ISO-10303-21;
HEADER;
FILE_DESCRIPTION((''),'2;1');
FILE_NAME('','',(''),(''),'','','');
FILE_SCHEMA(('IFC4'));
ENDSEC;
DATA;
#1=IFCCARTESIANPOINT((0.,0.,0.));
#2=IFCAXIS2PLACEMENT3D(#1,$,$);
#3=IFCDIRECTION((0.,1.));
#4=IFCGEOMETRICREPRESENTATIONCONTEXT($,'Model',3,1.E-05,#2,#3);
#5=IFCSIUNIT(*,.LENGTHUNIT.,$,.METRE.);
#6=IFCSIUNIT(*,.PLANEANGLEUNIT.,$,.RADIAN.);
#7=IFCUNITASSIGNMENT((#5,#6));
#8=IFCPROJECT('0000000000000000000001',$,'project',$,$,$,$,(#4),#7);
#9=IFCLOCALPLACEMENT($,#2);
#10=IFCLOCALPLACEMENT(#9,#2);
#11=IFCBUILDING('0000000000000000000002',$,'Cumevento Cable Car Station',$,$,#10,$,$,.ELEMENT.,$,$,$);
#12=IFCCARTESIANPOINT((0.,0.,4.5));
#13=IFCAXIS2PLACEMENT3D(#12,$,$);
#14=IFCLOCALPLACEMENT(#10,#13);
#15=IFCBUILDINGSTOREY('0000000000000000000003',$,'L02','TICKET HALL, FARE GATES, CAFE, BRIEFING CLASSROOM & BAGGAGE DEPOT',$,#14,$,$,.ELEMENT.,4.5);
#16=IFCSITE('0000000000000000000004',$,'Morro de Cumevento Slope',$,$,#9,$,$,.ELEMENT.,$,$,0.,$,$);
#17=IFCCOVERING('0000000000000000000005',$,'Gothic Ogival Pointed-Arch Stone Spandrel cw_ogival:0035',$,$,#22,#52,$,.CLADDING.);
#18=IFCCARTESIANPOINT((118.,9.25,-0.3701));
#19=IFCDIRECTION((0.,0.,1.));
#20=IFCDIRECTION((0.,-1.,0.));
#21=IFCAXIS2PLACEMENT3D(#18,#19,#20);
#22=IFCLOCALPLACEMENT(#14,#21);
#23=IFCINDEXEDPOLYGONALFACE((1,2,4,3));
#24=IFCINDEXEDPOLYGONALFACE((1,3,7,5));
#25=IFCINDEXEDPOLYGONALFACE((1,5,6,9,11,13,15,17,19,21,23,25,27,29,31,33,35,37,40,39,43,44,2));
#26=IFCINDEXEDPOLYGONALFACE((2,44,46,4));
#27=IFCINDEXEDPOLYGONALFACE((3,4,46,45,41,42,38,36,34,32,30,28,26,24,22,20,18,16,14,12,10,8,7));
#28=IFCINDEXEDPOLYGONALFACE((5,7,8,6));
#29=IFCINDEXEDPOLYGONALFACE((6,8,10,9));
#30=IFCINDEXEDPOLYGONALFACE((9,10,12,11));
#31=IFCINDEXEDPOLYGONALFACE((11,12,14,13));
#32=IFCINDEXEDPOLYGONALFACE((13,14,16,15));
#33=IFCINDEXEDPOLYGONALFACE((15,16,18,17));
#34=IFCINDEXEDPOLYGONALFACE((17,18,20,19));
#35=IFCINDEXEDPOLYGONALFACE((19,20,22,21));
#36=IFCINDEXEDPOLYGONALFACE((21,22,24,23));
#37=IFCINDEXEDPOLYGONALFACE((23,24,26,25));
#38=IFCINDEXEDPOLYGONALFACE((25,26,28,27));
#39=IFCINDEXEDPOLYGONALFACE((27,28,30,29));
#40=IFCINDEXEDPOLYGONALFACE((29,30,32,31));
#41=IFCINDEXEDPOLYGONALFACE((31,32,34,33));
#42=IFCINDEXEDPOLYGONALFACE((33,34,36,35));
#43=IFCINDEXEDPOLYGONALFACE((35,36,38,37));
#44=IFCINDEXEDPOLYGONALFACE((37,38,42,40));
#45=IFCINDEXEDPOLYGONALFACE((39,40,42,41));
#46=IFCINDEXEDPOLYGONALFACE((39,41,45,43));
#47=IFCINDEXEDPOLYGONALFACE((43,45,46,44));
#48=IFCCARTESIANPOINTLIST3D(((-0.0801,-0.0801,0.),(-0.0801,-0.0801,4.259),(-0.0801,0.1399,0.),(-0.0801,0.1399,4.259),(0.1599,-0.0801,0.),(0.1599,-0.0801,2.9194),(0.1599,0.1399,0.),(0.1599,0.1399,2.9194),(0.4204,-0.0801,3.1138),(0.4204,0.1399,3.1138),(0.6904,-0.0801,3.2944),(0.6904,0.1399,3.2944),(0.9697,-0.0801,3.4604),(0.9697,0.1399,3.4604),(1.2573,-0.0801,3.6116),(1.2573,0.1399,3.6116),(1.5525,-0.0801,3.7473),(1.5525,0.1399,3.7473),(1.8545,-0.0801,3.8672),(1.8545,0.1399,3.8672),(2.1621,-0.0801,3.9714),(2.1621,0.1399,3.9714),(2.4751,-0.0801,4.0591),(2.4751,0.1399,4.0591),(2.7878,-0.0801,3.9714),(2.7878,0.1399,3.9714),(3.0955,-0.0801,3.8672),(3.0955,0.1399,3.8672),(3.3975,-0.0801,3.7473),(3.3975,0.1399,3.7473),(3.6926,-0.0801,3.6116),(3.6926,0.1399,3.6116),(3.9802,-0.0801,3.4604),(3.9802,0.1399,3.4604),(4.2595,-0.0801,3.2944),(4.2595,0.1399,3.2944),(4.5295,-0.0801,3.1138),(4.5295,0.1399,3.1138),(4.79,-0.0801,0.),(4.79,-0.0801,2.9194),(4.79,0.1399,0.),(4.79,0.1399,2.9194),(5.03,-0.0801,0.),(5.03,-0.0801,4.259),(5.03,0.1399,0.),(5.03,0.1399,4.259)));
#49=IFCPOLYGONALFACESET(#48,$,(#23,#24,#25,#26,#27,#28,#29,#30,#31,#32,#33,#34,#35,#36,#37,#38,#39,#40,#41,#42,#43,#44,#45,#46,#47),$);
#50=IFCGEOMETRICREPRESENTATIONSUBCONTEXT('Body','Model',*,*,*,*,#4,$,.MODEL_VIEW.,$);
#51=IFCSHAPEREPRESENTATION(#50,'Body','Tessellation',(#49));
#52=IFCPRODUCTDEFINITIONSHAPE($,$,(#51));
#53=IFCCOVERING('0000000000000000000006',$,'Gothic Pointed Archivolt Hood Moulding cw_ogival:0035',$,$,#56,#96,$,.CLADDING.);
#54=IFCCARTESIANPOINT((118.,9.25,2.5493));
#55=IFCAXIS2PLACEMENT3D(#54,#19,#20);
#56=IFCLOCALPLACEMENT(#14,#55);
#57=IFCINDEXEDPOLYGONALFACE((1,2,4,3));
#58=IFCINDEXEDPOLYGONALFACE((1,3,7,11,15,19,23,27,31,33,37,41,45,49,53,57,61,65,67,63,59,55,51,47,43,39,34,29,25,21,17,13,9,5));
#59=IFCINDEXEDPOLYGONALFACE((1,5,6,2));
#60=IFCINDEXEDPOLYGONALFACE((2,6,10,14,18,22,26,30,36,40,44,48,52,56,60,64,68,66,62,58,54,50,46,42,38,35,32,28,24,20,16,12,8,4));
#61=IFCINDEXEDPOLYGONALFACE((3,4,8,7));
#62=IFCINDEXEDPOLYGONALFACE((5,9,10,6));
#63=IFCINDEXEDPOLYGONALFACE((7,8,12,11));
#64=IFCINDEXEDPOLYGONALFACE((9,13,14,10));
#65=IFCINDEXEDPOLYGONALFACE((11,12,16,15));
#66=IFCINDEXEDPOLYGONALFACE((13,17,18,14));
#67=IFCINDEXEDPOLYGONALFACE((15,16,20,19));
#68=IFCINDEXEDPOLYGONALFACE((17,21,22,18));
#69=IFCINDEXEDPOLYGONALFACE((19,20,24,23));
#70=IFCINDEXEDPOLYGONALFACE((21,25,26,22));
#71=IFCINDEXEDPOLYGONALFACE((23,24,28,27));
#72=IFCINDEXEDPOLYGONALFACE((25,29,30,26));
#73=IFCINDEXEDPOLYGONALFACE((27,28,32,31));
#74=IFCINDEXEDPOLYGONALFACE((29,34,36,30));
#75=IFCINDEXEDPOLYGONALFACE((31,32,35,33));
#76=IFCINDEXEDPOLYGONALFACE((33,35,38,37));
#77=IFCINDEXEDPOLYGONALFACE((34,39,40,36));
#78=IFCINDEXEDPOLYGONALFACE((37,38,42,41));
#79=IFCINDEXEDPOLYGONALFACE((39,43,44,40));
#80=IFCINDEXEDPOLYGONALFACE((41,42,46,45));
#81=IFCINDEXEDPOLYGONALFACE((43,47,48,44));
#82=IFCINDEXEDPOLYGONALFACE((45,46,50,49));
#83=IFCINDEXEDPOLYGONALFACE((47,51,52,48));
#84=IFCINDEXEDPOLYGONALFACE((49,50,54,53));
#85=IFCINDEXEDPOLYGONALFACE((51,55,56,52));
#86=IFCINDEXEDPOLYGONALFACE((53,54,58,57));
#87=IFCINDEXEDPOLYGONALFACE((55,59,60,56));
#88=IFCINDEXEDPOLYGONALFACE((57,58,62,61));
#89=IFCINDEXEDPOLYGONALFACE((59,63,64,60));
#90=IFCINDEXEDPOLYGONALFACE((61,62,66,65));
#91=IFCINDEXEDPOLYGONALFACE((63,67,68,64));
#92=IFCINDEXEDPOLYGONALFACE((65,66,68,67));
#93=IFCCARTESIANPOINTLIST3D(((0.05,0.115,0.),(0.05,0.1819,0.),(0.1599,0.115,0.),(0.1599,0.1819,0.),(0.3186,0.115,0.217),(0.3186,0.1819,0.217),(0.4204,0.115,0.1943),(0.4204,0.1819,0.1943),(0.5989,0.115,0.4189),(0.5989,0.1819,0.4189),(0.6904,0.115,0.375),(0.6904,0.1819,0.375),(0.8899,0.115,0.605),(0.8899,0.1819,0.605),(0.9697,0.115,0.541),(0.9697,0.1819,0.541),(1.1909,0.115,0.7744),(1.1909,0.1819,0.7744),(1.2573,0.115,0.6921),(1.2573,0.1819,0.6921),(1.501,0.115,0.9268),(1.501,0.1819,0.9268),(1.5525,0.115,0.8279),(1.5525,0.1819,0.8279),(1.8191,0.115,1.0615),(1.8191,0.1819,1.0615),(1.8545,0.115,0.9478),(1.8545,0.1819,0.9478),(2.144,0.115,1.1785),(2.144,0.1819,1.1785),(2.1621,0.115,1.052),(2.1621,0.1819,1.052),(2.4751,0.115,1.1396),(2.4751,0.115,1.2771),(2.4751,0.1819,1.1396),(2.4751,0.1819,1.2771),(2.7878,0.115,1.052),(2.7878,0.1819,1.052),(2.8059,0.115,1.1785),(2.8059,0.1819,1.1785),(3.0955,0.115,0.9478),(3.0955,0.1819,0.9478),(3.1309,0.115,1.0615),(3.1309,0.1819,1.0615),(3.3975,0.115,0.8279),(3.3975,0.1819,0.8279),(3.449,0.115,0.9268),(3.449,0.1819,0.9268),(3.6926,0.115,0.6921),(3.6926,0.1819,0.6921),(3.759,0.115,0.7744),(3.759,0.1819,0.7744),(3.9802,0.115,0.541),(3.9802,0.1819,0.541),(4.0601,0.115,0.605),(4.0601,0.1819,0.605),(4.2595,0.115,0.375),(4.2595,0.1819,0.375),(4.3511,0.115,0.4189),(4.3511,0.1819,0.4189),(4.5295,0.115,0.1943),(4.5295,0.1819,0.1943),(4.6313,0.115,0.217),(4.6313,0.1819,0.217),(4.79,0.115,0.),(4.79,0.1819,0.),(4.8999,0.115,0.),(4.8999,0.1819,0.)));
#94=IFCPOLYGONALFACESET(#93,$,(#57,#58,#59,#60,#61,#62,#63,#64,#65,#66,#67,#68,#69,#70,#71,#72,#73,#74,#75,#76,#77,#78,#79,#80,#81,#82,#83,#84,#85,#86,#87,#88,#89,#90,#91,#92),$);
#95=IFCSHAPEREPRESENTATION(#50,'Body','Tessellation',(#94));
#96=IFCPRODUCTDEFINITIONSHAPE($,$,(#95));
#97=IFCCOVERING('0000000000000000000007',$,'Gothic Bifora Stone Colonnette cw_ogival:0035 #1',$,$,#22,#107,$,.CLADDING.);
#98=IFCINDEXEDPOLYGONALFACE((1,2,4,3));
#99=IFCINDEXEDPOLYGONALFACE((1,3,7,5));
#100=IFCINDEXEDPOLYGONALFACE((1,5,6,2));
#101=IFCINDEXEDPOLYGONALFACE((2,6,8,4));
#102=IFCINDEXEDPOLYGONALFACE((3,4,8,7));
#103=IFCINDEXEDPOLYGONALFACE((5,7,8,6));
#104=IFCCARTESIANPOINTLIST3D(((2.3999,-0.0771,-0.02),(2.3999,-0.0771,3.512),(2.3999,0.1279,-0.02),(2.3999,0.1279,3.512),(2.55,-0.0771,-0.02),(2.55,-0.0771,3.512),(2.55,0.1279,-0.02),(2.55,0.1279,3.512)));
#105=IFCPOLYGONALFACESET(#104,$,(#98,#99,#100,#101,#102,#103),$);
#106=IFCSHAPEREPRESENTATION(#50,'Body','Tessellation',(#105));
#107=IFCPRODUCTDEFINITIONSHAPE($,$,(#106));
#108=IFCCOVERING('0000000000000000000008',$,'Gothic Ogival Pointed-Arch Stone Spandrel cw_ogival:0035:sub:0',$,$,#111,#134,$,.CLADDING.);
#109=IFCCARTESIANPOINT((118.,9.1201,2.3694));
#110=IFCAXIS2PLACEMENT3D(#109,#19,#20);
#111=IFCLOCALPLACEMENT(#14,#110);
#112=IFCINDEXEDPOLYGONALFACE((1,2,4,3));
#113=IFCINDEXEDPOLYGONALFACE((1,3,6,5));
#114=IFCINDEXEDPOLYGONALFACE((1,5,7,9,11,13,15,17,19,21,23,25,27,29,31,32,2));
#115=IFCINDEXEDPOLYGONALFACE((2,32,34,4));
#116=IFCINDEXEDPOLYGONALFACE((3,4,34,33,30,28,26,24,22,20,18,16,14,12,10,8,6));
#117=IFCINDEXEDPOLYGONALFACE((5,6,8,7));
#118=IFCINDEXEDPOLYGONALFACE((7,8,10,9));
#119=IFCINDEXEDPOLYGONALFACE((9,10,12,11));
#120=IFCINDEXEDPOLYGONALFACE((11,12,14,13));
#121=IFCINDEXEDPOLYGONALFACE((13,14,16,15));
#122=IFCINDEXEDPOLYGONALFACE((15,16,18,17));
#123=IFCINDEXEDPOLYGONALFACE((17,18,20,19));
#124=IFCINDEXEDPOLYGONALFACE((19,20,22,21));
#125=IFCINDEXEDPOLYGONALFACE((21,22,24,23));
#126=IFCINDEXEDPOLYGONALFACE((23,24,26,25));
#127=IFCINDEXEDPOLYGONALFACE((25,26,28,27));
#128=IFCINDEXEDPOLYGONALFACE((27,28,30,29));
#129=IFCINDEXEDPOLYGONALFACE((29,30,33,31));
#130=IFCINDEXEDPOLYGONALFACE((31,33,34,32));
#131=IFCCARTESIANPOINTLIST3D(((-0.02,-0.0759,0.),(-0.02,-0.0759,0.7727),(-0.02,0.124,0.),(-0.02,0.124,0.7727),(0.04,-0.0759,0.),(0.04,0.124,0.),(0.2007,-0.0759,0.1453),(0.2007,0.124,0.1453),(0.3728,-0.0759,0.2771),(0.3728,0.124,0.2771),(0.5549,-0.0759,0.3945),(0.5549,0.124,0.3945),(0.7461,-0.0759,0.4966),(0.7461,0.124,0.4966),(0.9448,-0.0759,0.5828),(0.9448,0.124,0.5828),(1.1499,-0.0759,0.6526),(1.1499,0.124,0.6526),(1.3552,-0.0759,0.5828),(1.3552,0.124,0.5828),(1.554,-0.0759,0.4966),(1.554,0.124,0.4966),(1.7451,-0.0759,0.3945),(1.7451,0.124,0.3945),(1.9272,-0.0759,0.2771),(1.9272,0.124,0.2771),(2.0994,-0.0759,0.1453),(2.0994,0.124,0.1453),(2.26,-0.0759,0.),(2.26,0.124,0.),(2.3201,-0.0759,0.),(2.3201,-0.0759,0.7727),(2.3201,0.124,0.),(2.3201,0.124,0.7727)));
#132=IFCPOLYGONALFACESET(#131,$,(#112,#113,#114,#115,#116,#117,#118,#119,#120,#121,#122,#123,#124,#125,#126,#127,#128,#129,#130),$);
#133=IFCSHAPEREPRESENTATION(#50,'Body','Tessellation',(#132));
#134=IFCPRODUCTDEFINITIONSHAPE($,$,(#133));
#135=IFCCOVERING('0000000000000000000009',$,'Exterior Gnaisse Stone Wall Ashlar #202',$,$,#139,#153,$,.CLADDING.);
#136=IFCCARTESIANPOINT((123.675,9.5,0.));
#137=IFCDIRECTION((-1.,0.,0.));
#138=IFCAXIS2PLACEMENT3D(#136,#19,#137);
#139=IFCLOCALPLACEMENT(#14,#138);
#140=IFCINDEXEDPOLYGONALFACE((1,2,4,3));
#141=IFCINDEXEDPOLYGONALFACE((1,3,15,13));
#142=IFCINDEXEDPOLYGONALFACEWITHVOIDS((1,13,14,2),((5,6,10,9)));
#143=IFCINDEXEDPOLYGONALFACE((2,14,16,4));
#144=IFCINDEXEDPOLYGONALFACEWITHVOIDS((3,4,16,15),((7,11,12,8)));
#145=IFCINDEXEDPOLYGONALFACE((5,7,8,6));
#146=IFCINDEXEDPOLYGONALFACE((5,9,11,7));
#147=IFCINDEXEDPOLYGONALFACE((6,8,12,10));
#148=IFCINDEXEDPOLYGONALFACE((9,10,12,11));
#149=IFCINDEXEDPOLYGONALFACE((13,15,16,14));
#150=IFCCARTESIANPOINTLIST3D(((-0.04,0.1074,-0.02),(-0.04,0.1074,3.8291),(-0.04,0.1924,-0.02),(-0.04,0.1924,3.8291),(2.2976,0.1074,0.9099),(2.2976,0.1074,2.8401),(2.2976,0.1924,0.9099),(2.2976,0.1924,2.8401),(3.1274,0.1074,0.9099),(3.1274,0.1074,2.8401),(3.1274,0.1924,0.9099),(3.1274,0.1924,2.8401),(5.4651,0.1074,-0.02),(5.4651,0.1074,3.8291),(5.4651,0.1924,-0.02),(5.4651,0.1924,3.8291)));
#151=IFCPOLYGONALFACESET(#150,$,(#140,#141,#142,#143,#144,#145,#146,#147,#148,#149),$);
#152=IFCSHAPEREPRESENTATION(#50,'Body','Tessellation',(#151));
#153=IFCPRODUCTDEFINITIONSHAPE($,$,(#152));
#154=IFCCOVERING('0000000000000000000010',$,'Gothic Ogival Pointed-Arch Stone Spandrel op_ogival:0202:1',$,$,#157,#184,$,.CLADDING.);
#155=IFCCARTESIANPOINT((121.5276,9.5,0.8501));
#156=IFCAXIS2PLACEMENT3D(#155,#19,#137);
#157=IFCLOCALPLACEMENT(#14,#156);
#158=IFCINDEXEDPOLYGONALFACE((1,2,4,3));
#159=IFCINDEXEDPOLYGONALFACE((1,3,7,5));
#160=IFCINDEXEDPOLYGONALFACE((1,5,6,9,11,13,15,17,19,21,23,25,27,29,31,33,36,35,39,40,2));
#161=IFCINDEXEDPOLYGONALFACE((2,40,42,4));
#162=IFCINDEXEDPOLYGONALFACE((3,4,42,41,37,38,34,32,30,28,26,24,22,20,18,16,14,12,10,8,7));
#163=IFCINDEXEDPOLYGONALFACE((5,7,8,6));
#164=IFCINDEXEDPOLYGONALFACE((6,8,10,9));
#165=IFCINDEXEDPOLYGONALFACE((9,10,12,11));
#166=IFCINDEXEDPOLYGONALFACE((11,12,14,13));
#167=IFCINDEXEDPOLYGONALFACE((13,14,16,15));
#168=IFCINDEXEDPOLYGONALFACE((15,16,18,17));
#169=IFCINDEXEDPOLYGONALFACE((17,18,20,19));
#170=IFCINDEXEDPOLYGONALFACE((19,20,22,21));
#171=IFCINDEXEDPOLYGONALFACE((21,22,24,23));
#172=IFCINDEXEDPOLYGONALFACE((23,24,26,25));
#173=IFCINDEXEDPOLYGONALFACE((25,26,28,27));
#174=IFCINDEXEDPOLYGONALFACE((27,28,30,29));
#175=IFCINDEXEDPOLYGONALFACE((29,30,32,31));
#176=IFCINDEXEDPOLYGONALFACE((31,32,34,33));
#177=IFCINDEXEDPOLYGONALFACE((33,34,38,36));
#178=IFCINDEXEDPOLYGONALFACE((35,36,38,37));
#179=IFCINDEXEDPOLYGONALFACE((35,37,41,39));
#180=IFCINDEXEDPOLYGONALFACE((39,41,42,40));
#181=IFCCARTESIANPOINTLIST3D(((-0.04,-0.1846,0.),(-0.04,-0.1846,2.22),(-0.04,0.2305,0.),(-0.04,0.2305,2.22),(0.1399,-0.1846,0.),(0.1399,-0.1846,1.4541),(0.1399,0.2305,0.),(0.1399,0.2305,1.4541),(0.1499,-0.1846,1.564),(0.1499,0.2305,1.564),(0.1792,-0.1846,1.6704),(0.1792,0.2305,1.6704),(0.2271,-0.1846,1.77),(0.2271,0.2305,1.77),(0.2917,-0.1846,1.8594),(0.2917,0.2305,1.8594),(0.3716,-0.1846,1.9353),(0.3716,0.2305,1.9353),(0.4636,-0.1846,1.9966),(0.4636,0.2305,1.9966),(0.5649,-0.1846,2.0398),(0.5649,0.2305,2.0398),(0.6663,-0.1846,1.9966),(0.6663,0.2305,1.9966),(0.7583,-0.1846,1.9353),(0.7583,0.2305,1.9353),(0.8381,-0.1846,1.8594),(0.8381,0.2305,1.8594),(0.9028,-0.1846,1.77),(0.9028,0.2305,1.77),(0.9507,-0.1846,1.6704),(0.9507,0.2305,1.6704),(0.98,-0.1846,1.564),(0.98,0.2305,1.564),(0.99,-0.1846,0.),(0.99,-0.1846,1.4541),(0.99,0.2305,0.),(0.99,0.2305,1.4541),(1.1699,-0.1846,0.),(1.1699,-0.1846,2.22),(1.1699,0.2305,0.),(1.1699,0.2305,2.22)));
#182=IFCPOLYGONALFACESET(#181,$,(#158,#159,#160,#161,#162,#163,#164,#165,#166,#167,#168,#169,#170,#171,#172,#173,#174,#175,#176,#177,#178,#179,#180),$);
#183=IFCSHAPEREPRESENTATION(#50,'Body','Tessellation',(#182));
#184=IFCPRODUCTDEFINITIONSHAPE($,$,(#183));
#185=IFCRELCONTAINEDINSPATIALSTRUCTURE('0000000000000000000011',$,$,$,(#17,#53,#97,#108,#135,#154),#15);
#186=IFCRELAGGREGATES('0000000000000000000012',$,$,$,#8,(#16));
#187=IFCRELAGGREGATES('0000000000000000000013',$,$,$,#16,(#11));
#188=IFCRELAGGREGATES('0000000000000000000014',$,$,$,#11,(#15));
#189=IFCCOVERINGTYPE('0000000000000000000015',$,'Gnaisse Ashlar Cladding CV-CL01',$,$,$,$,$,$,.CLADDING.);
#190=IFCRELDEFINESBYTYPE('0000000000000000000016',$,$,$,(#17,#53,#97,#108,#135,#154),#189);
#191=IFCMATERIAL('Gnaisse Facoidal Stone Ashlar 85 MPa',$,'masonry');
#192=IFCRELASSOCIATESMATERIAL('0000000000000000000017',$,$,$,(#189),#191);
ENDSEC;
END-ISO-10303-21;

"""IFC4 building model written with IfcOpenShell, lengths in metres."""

from ifc_helpers import new_model, si_unit, direction, frame, origin, place, context, subcontext, project, spatial, polyline, outline, extrude, material, type_object, element, save


model = new_model("IFC4")

# Units and contexts
model_context = context("Model", 3, precision=1e-05, world=origin(), true_north=direction((0.0, 1.0)))
body_context = subcontext(model_context, "Body", "Model", "MODEL_VIEW")
ifc_project = project(units=[si_unit("LENGTHUNIT", "METRE"), si_unit("PLANEANGLEUNIT", "RADIAN")], contexts=[model_context])

# Site, building, storey
site_placement = place(None, origin())
site = spatial("IfcSite", under=ifc_project, at=site_placement, Name="Morro de Cumevento Slope", CompositionType="ELEMENT", RefElevation=0.0)
building_placement = place(site_placement, origin())
building = spatial("IfcBuilding", under=site, at=building_placement, Name="Cumevento Cable Car Station", CompositionType="ELEMENT")
storey_placement = place(building_placement, frame((0.0, 0.0, 4.5)))
storey = spatial("IfcBuildingStorey", under=building, at=storey_placement, Name="L02", Description="TICKET HALL, FARE GATES, CAFE, BRIEFING CLASSROOM & BAGGAGE DEPOT", CompositionType="ELEMENT", Elevation=4.5)

# Coverings
ifc_material_1 = material(Name="Gnaisse Facoidal Stone Ashlar 85 MPa", Category="masonry")
covering_type = type_object("IfcCoveringType", Name="Gnaisse Ashlar Cladding CV-CL01", PredefinedType="CLADDING", material=ifc_material_1)
placement = place(storey_placement, frame((118.0, 9.25, -0.3701), z_axis=(0.0, 0.0, 1.0), x_axis=(0.0, -1.0, 0.0)))
element("IfcCovering", 1, at=placement, inside=storey, type_object=covering_type, Name="Gothic Ogival Pointed-Arch Stone Spandrel cw_ogival:0035", PredefinedType="CLADDING", context=body_context, shape_type="SweptSolid", body=[
    extrude(outline(polyline([(-0.0801, 0.0), (-0.0801, 4.259), (5.03, 4.259), (5.03, 0.0), (4.79, 0.0), (4.79, 2.9194), (4.5295, 3.1138), (4.2595, 3.2944), (3.9802, 3.4604), (3.6926, 3.6116), (3.3975, 3.7473), (3.0955, 3.8672), (2.7878, 3.9714), (2.4751, 4.0591), (2.1621, 3.9714), (1.8545, 3.8672), (1.5525, 3.7473), (1.2573, 3.6116), (0.9697, 3.4604), (0.6904, 3.2944), (0.4204, 3.1138), (0.1599, 2.9194), (0.1599, 0.0), (-0.0801, 0.0)])), frame((0.0, 0.1399, 0.0), z_axis=(0.0, -1.0, 0.0), x_axis=(1.0, 0.0, 0.0)), (0.0, 0.0, 1.0), 0.22),
])
covering_1_placement = place(storey_placement, frame((118.0, 9.25, 2.5493), z_axis=(0.0, 0.0, 1.0), x_axis=(0.0, -1.0, 0.0)))
element("IfcCovering", 2, at=covering_1_placement, inside=storey, type_object=covering_type, Name="Gothic Pointed Archivolt Hood Moulding cw_ogival:0035", PredefinedType="CLADDING", context=body_context, shape_type="SweptSolid", body=[
    extrude(outline(polyline([(0.1599, 0.0), (0.4204, 0.1943), (0.6904, 0.375), (0.9697, 0.541), (1.2573, 0.6921), (1.5525, 0.8279), (1.8545, 0.9478), (2.1621, 1.052), (2.4751, 1.1396), (2.7878, 1.052), (3.0955, 0.9478), (3.3975, 0.8279), (3.6926, 0.6921), (3.9802, 0.541), (4.2595, 0.375), (4.5295, 0.1943), (4.79, 0.0), (4.8999, 0.0), (4.6313, 0.217), (4.3511, 0.4189), (4.0601, 0.605), (3.759, 0.7744), (3.449, 0.9268), (3.1309, 1.0615), (2.8059, 1.1785), (2.4751, 1.2771), (2.144, 1.1785), (1.8191, 1.0615), (1.501, 0.9268), (1.1909, 0.7744), (0.8899, 0.605), (0.5989, 0.4189), (0.3186, 0.217), (0.05, 0.0), (0.1599, 0.0)])), frame((0.0, 0.1819, 0.0), z_axis=(0.0, -1.0, 0.0), x_axis=(1.0, 0.0, 0.0)), (0.0, 0.0, 1.0), 0.0669),
])
element("IfcCovering", 3, at=placement, inside=storey, type_object=covering_type, Name="Gothic Bifora Stone Colonnette cw_ogival:0035 #1", PredefinedType="CLADDING", context=body_context, shape_type="SweptSolid", body=[
    extrude(outline(polyline([(2.3999, -0.02), (2.55, -0.02), (2.55, 3.512), (2.3999, 3.512), (2.3999, -0.02)])), frame((0.0, 0.1279, 0.0), z_axis=(0.0, -1.0, 0.0), x_axis=(1.0, 0.0, 0.0)), (0.0, 0.0, 1.0), 0.2051),
])
covering_2_placement = place(storey_placement, frame((118.0, 9.1201, 2.3694), z_axis=(0.0, 0.0, 1.0), x_axis=(0.0, -1.0, 0.0)))
element("IfcCovering", 4, at=covering_2_placement, inside=storey, type_object=covering_type, Name="Gothic Ogival Pointed-Arch Stone Spandrel cw_ogival:0035:sub:0", PredefinedType="CLADDING", context=body_context, shape_type="SweptSolid", body=[
    extrude(outline(polyline([(-0.02, 0.0), (-0.02, 0.7727), (2.3201, 0.7727), (2.3201, 0.0), (2.26, 0.0), (2.0994, 0.1453), (1.9272, 0.2771), (1.7451, 0.3945), (1.554, 0.4966), (1.3552, 0.5828), (1.1499, 0.6526), (0.9448, 0.5828), (0.7461, 0.4966), (0.5549, 0.3945), (0.3728, 0.2771), (0.2007, 0.1453), (0.04, 0.0), (-0.02, 0.0)])), frame((0.0, 0.124, 0.0), z_axis=(0.0, -1.0, 0.0), x_axis=(1.0, 0.0, 0.0)), (0.0, 0.0, 1.0), 0.2),
])
covering_3_placement = place(storey_placement, frame((123.675, 9.5, 0.0), z_axis=(0.0, 0.0, 1.0), x_axis=(-1.0, 0.0, 0.0)))
element("IfcCovering", 5, at=covering_3_placement, inside=storey, type_object=covering_type, Name="Exterior Gnaisse Stone Wall Ashlar #202", PredefinedType="CLADDING", context=body_context, shape_type="SweptSolid", body=[
    extrude(outline(polyline([(-0.04, -0.02), (5.4651, -0.02), (5.4651, 3.8291), (-0.04, 3.8291), (-0.04, -0.02)]), holes=[polyline([(2.2976, 0.9099), (3.1274, 0.9099), (3.1274, 2.8401), (2.2976, 2.8401), (2.2976, 0.9099)])]), frame((0.0, 0.1924, 0.0), z_axis=(0.0, -1.0, 0.0), x_axis=(1.0, 0.0, 0.0)), (0.0, 0.0, 1.0), 0.085),
])
covering_4_placement = place(storey_placement, frame((121.5276, 9.5, 0.8501), z_axis=(0.0, 0.0, 1.0), x_axis=(-1.0, 0.0, 0.0)))
element("IfcCovering", 6, at=covering_4_placement, inside=storey, type_object=covering_type, Name="Gothic Ogival Pointed-Arch Stone Spandrel op_ogival:0202:1", PredefinedType="CLADDING", context=body_context, shape_type="SweptSolid", body=[
    extrude(outline(polyline([(-0.04, 0.0), (-0.04, 2.22), (1.1699, 2.22), (1.1699, 0.0), (0.99, 0.0), (0.99, 1.4541), (0.98, 1.564), (0.9507, 1.6704), (0.9028, 1.77), (0.8381, 1.8594), (0.7583, 1.9353), (0.6663, 1.9966), (0.5649, 2.0398), (0.4636, 1.9966), (0.3716, 1.9353), (0.2917, 1.8594), (0.2271, 1.77), (0.1792, 1.6704), (0.1499, 1.564), (0.1399, 1.4541), (0.1399, 0.0), (-0.04, 0.0)])), frame((0.0, 0.2305, 0.0), z_axis=(0.0, -1.0, 0.0), x_axis=(1.0, 0.0, 0.0)), (0.0, 0.0, 1.0), 0.415),
])

save(model, "model.ifc")
